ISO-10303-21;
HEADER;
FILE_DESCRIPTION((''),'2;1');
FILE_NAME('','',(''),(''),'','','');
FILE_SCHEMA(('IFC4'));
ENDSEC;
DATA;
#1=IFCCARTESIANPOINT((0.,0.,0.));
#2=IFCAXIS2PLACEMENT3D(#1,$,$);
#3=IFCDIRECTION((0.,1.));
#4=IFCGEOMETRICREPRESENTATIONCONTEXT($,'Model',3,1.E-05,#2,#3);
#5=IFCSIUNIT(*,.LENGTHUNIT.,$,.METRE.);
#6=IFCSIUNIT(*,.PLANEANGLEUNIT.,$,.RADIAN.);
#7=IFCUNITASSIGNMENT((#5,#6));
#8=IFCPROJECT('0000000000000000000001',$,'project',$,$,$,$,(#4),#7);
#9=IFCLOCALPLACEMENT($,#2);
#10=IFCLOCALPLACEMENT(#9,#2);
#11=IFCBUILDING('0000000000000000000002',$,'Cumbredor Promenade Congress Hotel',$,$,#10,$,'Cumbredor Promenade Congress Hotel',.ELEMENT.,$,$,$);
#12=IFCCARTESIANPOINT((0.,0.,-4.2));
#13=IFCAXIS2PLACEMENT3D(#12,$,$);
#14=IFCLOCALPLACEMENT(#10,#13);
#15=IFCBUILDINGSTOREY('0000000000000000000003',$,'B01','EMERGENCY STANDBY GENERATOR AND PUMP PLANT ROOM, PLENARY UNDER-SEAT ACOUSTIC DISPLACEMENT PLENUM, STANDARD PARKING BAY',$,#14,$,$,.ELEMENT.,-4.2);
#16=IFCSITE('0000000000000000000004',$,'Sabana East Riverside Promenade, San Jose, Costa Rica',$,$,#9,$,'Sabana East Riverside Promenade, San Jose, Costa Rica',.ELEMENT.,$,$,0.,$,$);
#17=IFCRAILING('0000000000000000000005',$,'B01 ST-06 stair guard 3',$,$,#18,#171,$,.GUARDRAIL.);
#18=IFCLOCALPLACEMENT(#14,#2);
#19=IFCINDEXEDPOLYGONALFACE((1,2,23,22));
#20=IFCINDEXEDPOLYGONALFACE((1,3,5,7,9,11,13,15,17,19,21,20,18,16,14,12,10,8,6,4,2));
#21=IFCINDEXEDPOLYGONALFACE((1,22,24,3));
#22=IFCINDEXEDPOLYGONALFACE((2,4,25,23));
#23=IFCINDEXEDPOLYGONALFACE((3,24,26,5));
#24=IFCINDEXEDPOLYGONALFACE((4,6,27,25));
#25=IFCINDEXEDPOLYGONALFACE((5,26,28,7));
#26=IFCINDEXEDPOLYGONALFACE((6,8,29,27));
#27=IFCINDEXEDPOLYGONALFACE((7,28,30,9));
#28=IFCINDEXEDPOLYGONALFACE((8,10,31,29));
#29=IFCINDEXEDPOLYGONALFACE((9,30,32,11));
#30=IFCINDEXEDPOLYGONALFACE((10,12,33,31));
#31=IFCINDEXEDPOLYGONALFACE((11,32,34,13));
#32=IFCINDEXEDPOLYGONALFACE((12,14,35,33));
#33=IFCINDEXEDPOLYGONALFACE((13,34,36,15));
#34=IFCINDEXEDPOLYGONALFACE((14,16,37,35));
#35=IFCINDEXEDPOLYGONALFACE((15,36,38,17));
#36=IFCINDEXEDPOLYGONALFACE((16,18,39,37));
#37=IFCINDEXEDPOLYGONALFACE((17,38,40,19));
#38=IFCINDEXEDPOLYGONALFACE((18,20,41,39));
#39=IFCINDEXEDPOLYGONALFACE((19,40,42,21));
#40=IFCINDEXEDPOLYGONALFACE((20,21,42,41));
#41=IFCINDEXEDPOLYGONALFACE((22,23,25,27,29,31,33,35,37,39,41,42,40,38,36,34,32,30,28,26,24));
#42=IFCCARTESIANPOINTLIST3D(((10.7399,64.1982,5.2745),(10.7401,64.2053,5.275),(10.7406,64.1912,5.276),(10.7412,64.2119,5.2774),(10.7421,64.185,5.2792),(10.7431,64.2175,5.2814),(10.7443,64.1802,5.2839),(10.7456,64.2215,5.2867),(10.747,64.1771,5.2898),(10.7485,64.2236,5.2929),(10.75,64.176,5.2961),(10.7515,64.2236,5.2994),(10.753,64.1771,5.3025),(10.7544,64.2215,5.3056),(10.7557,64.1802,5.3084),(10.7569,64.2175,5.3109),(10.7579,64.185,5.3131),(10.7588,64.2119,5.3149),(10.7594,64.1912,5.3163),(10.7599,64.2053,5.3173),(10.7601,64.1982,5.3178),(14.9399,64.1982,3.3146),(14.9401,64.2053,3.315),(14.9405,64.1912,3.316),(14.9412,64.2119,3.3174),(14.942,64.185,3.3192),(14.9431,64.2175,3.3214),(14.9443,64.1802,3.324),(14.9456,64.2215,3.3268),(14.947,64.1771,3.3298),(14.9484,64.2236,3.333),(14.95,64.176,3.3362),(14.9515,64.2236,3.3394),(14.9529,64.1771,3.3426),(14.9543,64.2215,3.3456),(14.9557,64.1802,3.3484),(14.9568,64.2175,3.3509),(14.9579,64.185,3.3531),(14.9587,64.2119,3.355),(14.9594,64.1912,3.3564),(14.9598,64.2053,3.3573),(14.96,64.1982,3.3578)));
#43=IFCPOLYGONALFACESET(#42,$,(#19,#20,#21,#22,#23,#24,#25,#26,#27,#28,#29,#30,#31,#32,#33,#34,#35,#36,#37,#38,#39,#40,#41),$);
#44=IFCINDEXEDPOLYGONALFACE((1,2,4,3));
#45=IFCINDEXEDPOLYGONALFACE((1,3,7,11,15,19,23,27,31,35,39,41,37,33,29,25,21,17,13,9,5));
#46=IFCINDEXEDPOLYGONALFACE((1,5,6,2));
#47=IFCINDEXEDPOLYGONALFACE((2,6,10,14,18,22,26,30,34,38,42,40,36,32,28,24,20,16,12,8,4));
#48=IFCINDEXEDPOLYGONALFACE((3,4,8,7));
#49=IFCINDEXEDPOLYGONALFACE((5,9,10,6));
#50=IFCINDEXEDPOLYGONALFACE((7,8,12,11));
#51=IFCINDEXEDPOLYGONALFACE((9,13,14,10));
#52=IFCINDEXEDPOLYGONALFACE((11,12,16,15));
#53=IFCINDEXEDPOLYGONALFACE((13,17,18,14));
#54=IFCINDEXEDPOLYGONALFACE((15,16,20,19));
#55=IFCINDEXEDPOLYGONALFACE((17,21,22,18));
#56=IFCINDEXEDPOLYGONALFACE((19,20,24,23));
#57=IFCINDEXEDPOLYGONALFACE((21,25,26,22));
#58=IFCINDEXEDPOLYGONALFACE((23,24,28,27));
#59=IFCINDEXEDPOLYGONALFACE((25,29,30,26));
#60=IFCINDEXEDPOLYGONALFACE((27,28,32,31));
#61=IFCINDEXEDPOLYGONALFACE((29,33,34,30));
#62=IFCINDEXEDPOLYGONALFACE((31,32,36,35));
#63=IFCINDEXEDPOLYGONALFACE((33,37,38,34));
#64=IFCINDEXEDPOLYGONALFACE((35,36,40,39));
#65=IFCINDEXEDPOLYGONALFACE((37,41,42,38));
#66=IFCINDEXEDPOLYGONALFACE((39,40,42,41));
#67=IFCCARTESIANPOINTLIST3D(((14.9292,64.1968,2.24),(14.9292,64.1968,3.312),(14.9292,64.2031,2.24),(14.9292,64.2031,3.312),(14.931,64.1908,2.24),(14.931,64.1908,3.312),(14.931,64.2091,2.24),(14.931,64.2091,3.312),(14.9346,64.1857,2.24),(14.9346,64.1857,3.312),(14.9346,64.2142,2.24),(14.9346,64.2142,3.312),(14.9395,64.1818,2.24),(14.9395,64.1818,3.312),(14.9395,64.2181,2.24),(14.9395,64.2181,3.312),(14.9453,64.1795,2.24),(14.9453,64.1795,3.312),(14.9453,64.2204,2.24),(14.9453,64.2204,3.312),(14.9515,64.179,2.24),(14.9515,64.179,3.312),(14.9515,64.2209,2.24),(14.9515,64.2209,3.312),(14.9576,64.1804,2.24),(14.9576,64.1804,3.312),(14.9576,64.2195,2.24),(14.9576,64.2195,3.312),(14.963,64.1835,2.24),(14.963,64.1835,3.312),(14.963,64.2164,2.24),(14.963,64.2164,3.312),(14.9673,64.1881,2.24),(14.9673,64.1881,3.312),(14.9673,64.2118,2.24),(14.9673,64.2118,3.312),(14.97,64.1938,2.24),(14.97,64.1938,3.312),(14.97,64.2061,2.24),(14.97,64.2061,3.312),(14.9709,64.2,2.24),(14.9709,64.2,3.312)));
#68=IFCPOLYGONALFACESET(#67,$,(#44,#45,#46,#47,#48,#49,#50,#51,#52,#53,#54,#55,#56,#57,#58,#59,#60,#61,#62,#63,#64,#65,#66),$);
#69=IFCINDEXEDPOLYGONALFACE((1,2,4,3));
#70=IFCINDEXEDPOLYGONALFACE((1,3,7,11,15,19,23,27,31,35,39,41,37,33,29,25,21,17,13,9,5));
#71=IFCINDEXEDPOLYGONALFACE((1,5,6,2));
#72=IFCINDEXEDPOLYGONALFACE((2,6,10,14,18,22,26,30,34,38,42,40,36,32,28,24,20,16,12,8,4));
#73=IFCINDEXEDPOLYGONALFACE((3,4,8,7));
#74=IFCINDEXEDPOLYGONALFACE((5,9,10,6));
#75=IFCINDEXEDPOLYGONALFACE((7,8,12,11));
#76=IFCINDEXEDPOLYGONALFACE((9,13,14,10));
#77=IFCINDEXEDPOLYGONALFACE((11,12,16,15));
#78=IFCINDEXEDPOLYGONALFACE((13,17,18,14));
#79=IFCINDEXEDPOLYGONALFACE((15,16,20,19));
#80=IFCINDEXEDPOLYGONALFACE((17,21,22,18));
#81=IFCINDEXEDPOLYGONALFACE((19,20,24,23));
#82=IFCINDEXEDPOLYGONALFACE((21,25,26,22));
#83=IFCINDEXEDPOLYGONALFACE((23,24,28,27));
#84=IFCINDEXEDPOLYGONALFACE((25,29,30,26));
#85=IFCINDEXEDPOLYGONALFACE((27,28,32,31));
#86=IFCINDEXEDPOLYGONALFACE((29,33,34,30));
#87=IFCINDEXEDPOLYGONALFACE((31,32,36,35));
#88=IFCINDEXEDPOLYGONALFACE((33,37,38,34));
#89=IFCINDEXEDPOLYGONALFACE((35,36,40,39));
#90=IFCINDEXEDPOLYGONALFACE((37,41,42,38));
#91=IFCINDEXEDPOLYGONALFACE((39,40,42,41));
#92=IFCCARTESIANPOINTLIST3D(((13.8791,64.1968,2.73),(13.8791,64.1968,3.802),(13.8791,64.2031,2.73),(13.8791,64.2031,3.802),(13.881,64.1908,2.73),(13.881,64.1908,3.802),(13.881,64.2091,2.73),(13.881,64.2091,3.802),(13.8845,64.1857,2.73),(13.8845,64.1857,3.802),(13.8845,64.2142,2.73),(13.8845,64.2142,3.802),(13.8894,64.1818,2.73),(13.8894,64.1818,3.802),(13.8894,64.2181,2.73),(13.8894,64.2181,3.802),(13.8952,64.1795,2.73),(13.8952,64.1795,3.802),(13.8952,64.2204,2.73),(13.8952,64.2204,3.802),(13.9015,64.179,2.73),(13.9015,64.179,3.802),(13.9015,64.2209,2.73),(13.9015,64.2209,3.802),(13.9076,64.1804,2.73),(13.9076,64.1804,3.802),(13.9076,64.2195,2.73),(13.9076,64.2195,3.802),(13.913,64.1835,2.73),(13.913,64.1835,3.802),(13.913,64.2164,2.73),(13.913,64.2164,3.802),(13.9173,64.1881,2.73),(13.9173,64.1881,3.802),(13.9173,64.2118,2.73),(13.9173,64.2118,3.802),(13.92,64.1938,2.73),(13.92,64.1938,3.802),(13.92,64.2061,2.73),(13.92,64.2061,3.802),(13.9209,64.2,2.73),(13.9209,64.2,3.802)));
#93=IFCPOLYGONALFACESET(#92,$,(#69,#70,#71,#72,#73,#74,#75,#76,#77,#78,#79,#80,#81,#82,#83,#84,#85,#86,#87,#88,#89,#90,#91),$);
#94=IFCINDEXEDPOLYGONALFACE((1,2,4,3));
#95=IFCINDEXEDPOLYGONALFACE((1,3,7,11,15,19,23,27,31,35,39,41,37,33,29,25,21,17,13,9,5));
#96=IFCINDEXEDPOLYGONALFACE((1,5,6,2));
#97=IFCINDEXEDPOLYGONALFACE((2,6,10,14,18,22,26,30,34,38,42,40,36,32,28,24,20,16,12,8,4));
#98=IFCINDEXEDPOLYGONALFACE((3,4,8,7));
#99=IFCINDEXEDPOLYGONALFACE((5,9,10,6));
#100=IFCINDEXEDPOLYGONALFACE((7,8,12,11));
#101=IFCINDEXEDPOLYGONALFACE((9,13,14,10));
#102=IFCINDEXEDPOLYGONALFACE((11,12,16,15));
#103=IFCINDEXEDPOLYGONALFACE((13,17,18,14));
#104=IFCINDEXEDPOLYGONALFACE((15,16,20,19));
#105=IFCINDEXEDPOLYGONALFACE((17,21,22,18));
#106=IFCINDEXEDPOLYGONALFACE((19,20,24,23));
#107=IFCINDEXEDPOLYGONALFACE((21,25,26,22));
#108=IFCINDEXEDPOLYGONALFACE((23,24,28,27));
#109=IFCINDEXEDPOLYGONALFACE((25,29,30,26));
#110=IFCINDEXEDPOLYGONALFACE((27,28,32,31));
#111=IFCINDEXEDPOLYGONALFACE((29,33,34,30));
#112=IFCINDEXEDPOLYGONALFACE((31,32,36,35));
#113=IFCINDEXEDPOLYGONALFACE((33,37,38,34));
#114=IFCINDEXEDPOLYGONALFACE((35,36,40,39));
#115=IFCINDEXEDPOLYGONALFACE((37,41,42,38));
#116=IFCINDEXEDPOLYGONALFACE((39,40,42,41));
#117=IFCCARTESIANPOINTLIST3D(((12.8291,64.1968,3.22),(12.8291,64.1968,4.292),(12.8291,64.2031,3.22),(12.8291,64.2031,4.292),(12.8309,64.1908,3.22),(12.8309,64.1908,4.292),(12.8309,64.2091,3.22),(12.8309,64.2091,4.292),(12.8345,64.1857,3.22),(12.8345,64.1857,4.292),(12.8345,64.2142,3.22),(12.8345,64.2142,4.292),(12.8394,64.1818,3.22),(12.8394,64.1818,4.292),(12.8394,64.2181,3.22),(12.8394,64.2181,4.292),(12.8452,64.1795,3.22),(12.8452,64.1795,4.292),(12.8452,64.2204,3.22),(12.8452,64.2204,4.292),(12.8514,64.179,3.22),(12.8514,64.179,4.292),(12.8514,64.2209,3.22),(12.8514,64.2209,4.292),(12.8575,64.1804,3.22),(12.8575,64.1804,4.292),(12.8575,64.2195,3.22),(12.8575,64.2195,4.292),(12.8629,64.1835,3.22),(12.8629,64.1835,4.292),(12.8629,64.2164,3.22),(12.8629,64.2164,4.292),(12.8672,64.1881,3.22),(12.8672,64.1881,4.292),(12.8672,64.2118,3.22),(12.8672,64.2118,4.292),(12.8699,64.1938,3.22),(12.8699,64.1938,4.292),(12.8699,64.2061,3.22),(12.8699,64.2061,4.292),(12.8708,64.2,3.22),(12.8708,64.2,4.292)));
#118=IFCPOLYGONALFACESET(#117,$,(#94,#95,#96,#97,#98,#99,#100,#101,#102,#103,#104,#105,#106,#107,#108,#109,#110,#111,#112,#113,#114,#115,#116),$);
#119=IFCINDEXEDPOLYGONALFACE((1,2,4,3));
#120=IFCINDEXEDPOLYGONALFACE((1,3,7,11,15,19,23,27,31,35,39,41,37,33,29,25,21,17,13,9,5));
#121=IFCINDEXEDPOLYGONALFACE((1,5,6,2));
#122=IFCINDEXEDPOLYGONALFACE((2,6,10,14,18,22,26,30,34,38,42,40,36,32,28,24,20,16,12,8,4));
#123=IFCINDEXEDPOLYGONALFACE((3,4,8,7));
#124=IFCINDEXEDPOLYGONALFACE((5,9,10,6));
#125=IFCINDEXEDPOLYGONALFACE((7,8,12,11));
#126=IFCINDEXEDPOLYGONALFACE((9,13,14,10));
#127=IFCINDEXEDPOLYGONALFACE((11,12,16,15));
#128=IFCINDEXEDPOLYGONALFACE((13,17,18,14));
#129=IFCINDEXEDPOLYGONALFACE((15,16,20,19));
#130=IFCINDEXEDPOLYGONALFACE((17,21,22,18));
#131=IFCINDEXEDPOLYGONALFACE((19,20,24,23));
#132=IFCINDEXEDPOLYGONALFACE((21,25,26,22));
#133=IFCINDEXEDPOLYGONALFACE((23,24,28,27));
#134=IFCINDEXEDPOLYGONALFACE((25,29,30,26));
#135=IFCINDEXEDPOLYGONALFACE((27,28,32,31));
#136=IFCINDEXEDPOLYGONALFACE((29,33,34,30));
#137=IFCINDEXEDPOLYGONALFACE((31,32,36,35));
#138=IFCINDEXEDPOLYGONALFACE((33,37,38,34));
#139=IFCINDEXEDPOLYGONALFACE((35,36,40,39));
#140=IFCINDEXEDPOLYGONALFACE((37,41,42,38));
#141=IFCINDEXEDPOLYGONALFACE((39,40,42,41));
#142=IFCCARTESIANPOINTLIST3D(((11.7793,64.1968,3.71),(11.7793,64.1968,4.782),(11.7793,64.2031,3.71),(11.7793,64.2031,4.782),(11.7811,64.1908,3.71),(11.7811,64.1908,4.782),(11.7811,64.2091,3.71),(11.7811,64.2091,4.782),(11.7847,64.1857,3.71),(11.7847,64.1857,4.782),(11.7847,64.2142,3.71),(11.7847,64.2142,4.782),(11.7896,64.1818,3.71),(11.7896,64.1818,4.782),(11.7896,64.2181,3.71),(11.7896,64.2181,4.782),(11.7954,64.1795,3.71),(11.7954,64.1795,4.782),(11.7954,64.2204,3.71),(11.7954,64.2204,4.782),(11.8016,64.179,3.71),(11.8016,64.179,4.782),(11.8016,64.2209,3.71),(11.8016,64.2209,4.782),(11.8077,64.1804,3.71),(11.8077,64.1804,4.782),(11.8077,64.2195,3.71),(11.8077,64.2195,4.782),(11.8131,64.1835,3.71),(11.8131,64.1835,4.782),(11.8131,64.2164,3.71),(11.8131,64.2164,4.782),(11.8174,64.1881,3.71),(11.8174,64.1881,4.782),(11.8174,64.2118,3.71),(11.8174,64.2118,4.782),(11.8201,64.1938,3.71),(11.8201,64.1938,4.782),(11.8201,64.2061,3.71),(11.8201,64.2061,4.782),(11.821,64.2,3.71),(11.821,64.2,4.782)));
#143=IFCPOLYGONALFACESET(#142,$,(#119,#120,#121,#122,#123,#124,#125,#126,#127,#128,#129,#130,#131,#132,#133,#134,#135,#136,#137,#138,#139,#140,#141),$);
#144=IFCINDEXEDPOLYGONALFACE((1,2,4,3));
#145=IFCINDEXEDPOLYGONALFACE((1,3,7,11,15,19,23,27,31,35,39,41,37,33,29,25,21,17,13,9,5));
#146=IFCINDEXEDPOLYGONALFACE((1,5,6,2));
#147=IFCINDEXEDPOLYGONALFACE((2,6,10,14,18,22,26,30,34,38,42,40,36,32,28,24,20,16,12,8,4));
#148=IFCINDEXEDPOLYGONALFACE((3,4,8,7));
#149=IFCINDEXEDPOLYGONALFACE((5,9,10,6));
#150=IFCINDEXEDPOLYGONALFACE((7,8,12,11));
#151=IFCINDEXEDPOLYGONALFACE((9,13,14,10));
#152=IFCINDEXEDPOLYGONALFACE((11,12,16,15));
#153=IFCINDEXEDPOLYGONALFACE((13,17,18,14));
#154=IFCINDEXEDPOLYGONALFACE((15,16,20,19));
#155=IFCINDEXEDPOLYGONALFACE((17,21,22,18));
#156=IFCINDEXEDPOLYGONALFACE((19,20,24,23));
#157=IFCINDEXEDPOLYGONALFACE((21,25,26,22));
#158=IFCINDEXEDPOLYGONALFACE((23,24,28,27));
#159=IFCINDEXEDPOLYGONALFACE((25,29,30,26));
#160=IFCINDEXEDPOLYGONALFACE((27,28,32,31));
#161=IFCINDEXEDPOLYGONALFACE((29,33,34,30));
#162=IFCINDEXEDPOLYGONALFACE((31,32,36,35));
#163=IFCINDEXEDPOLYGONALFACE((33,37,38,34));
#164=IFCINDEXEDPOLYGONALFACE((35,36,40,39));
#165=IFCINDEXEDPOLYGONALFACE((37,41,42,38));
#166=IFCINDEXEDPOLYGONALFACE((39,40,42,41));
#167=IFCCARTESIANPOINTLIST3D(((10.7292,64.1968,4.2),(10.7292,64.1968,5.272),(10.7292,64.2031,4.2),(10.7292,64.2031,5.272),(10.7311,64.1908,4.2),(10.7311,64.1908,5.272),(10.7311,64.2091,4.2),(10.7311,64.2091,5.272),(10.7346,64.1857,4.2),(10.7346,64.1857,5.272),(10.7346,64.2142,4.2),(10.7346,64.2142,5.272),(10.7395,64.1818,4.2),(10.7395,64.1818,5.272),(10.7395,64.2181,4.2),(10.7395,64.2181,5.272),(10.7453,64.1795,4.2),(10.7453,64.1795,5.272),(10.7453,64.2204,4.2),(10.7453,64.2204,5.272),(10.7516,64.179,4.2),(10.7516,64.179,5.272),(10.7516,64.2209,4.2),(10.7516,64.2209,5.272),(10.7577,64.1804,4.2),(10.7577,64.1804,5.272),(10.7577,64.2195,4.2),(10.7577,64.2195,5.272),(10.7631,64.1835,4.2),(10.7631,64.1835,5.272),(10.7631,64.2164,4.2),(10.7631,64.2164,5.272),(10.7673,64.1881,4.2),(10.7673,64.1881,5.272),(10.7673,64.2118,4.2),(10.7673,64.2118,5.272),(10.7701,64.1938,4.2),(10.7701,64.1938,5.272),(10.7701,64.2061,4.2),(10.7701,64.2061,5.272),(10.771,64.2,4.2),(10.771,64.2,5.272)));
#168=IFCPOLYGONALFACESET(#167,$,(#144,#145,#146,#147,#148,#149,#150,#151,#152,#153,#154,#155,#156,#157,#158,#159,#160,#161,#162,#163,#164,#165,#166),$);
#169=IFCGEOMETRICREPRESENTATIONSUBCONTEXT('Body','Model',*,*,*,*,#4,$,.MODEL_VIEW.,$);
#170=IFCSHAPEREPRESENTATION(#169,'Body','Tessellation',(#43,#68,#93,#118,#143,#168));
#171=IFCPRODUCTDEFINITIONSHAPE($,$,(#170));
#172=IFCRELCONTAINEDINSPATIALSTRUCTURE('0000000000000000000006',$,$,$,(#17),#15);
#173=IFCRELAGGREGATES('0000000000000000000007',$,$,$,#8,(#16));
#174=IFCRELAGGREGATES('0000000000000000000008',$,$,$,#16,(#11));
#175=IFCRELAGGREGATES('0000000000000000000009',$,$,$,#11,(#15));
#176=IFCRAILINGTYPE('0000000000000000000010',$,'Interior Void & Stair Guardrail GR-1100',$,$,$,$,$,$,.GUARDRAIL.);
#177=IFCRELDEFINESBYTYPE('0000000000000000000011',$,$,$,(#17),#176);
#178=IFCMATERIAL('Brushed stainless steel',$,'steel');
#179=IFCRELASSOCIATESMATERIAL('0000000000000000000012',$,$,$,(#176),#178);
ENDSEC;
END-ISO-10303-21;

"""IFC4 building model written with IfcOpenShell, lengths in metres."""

from ifc_helpers import new_model, si_unit, direction, frame, origin, origin_2d, place, context, subcontext, project, spatial, circle, extrude, material, type_object, element, save


model = new_model("IFC4")

# Units and contexts
model_context = context("Model", 3, precision=1e-05, world=origin(), true_north=direction((0.0, 1.0)))
body_context = subcontext(model_context, "Body", "Model", "MODEL_VIEW")
ifc_project = project(units=[si_unit("LENGTHUNIT", "METRE"), si_unit("PLANEANGLEUNIT", "RADIAN")], contexts=[model_context])

# Site, building, storey
site_placement = place(None, origin())
site = spatial("IfcSite", under=ifc_project, at=site_placement, Name="Sabana East Riverside Promenade, San Jose, Costa Rica", LongName="Sabana East Riverside Promenade, San Jose, Costa Rica", CompositionType="ELEMENT", RefElevation=0.0)
building_placement = place(site_placement, origin())
building = spatial("IfcBuilding", under=site, at=building_placement, Name="Cumbredor Promenade Congress Hotel", LongName="Cumbredor Promenade Congress Hotel", CompositionType="ELEMENT")
storey_placement = place(building_placement, frame((0.0, 0.0, -4.2)))
storey = spatial("IfcBuildingStorey", under=building, at=storey_placement, Name="B01", Description="EMERGENCY STANDBY GENERATOR AND PUMP PLANT ROOM, PLENARY UNDER-SEAT ACOUSTIC DISPLACEMENT PLENUM, STANDARD PARKING BAY", CompositionType="ELEMENT", Elevation=-4.2)

# Railing
ifc_material_1 = material(Name="Brushed stainless steel", Category="steel")
railing_type_1 = type_object("IfcRailingType", Name="Interior Void & Stair Guardrail GR-1100", PredefinedType="GUARDRAIL", material=ifc_material_1)
railing_1_placement = place(storey_placement, frame((14.95, 64.2, 2.24)))
element("IfcRailing", 1, at=railing_1_placement, inside=storey, type_object=railing_type_1, Name="B01 ST-06 stair guard 3", PredefinedType="GUARDRAIL", context=body_context, shape_type="SweptSolid", body=[
    extrude(circle(Radius=0.0239, at=origin_2d()), frame((0.0, 0.0, 1.0962), z_axis=(-0.906184, 0.0, 0.422883), x_axis=(0.0, -1.0, 0.0)), (0.0, 0.0, 1.0), 4.6348),
    extrude(circle(Radius=0.021, at=origin_2d()), origin(), (0.0, 0.0, 1.0), 1.072),
    extrude(circle(Radius=0.021, at=origin_2d()), frame((-1.05, 0.0, 0.49)), (0.0, 0.0, 1.0), 1.072),
    extrude(circle(Radius=0.021, at=origin_2d()), frame((-2.1001, 0.0, 0.98)), (0.0, 0.0, 1.0), 1.072),
    extrude(circle(Radius=0.021, at=origin_2d()), frame((-3.1499, 0.0, 1.47)), (0.0, 0.0, 1.0), 1.072),
    extrude(circle(Radius=0.021, at=origin_2d()), frame((-4.2, 0.0, 1.96)), (0.0, 0.0, 1.0), 1.072),
])

save(model, "model.ifc")
